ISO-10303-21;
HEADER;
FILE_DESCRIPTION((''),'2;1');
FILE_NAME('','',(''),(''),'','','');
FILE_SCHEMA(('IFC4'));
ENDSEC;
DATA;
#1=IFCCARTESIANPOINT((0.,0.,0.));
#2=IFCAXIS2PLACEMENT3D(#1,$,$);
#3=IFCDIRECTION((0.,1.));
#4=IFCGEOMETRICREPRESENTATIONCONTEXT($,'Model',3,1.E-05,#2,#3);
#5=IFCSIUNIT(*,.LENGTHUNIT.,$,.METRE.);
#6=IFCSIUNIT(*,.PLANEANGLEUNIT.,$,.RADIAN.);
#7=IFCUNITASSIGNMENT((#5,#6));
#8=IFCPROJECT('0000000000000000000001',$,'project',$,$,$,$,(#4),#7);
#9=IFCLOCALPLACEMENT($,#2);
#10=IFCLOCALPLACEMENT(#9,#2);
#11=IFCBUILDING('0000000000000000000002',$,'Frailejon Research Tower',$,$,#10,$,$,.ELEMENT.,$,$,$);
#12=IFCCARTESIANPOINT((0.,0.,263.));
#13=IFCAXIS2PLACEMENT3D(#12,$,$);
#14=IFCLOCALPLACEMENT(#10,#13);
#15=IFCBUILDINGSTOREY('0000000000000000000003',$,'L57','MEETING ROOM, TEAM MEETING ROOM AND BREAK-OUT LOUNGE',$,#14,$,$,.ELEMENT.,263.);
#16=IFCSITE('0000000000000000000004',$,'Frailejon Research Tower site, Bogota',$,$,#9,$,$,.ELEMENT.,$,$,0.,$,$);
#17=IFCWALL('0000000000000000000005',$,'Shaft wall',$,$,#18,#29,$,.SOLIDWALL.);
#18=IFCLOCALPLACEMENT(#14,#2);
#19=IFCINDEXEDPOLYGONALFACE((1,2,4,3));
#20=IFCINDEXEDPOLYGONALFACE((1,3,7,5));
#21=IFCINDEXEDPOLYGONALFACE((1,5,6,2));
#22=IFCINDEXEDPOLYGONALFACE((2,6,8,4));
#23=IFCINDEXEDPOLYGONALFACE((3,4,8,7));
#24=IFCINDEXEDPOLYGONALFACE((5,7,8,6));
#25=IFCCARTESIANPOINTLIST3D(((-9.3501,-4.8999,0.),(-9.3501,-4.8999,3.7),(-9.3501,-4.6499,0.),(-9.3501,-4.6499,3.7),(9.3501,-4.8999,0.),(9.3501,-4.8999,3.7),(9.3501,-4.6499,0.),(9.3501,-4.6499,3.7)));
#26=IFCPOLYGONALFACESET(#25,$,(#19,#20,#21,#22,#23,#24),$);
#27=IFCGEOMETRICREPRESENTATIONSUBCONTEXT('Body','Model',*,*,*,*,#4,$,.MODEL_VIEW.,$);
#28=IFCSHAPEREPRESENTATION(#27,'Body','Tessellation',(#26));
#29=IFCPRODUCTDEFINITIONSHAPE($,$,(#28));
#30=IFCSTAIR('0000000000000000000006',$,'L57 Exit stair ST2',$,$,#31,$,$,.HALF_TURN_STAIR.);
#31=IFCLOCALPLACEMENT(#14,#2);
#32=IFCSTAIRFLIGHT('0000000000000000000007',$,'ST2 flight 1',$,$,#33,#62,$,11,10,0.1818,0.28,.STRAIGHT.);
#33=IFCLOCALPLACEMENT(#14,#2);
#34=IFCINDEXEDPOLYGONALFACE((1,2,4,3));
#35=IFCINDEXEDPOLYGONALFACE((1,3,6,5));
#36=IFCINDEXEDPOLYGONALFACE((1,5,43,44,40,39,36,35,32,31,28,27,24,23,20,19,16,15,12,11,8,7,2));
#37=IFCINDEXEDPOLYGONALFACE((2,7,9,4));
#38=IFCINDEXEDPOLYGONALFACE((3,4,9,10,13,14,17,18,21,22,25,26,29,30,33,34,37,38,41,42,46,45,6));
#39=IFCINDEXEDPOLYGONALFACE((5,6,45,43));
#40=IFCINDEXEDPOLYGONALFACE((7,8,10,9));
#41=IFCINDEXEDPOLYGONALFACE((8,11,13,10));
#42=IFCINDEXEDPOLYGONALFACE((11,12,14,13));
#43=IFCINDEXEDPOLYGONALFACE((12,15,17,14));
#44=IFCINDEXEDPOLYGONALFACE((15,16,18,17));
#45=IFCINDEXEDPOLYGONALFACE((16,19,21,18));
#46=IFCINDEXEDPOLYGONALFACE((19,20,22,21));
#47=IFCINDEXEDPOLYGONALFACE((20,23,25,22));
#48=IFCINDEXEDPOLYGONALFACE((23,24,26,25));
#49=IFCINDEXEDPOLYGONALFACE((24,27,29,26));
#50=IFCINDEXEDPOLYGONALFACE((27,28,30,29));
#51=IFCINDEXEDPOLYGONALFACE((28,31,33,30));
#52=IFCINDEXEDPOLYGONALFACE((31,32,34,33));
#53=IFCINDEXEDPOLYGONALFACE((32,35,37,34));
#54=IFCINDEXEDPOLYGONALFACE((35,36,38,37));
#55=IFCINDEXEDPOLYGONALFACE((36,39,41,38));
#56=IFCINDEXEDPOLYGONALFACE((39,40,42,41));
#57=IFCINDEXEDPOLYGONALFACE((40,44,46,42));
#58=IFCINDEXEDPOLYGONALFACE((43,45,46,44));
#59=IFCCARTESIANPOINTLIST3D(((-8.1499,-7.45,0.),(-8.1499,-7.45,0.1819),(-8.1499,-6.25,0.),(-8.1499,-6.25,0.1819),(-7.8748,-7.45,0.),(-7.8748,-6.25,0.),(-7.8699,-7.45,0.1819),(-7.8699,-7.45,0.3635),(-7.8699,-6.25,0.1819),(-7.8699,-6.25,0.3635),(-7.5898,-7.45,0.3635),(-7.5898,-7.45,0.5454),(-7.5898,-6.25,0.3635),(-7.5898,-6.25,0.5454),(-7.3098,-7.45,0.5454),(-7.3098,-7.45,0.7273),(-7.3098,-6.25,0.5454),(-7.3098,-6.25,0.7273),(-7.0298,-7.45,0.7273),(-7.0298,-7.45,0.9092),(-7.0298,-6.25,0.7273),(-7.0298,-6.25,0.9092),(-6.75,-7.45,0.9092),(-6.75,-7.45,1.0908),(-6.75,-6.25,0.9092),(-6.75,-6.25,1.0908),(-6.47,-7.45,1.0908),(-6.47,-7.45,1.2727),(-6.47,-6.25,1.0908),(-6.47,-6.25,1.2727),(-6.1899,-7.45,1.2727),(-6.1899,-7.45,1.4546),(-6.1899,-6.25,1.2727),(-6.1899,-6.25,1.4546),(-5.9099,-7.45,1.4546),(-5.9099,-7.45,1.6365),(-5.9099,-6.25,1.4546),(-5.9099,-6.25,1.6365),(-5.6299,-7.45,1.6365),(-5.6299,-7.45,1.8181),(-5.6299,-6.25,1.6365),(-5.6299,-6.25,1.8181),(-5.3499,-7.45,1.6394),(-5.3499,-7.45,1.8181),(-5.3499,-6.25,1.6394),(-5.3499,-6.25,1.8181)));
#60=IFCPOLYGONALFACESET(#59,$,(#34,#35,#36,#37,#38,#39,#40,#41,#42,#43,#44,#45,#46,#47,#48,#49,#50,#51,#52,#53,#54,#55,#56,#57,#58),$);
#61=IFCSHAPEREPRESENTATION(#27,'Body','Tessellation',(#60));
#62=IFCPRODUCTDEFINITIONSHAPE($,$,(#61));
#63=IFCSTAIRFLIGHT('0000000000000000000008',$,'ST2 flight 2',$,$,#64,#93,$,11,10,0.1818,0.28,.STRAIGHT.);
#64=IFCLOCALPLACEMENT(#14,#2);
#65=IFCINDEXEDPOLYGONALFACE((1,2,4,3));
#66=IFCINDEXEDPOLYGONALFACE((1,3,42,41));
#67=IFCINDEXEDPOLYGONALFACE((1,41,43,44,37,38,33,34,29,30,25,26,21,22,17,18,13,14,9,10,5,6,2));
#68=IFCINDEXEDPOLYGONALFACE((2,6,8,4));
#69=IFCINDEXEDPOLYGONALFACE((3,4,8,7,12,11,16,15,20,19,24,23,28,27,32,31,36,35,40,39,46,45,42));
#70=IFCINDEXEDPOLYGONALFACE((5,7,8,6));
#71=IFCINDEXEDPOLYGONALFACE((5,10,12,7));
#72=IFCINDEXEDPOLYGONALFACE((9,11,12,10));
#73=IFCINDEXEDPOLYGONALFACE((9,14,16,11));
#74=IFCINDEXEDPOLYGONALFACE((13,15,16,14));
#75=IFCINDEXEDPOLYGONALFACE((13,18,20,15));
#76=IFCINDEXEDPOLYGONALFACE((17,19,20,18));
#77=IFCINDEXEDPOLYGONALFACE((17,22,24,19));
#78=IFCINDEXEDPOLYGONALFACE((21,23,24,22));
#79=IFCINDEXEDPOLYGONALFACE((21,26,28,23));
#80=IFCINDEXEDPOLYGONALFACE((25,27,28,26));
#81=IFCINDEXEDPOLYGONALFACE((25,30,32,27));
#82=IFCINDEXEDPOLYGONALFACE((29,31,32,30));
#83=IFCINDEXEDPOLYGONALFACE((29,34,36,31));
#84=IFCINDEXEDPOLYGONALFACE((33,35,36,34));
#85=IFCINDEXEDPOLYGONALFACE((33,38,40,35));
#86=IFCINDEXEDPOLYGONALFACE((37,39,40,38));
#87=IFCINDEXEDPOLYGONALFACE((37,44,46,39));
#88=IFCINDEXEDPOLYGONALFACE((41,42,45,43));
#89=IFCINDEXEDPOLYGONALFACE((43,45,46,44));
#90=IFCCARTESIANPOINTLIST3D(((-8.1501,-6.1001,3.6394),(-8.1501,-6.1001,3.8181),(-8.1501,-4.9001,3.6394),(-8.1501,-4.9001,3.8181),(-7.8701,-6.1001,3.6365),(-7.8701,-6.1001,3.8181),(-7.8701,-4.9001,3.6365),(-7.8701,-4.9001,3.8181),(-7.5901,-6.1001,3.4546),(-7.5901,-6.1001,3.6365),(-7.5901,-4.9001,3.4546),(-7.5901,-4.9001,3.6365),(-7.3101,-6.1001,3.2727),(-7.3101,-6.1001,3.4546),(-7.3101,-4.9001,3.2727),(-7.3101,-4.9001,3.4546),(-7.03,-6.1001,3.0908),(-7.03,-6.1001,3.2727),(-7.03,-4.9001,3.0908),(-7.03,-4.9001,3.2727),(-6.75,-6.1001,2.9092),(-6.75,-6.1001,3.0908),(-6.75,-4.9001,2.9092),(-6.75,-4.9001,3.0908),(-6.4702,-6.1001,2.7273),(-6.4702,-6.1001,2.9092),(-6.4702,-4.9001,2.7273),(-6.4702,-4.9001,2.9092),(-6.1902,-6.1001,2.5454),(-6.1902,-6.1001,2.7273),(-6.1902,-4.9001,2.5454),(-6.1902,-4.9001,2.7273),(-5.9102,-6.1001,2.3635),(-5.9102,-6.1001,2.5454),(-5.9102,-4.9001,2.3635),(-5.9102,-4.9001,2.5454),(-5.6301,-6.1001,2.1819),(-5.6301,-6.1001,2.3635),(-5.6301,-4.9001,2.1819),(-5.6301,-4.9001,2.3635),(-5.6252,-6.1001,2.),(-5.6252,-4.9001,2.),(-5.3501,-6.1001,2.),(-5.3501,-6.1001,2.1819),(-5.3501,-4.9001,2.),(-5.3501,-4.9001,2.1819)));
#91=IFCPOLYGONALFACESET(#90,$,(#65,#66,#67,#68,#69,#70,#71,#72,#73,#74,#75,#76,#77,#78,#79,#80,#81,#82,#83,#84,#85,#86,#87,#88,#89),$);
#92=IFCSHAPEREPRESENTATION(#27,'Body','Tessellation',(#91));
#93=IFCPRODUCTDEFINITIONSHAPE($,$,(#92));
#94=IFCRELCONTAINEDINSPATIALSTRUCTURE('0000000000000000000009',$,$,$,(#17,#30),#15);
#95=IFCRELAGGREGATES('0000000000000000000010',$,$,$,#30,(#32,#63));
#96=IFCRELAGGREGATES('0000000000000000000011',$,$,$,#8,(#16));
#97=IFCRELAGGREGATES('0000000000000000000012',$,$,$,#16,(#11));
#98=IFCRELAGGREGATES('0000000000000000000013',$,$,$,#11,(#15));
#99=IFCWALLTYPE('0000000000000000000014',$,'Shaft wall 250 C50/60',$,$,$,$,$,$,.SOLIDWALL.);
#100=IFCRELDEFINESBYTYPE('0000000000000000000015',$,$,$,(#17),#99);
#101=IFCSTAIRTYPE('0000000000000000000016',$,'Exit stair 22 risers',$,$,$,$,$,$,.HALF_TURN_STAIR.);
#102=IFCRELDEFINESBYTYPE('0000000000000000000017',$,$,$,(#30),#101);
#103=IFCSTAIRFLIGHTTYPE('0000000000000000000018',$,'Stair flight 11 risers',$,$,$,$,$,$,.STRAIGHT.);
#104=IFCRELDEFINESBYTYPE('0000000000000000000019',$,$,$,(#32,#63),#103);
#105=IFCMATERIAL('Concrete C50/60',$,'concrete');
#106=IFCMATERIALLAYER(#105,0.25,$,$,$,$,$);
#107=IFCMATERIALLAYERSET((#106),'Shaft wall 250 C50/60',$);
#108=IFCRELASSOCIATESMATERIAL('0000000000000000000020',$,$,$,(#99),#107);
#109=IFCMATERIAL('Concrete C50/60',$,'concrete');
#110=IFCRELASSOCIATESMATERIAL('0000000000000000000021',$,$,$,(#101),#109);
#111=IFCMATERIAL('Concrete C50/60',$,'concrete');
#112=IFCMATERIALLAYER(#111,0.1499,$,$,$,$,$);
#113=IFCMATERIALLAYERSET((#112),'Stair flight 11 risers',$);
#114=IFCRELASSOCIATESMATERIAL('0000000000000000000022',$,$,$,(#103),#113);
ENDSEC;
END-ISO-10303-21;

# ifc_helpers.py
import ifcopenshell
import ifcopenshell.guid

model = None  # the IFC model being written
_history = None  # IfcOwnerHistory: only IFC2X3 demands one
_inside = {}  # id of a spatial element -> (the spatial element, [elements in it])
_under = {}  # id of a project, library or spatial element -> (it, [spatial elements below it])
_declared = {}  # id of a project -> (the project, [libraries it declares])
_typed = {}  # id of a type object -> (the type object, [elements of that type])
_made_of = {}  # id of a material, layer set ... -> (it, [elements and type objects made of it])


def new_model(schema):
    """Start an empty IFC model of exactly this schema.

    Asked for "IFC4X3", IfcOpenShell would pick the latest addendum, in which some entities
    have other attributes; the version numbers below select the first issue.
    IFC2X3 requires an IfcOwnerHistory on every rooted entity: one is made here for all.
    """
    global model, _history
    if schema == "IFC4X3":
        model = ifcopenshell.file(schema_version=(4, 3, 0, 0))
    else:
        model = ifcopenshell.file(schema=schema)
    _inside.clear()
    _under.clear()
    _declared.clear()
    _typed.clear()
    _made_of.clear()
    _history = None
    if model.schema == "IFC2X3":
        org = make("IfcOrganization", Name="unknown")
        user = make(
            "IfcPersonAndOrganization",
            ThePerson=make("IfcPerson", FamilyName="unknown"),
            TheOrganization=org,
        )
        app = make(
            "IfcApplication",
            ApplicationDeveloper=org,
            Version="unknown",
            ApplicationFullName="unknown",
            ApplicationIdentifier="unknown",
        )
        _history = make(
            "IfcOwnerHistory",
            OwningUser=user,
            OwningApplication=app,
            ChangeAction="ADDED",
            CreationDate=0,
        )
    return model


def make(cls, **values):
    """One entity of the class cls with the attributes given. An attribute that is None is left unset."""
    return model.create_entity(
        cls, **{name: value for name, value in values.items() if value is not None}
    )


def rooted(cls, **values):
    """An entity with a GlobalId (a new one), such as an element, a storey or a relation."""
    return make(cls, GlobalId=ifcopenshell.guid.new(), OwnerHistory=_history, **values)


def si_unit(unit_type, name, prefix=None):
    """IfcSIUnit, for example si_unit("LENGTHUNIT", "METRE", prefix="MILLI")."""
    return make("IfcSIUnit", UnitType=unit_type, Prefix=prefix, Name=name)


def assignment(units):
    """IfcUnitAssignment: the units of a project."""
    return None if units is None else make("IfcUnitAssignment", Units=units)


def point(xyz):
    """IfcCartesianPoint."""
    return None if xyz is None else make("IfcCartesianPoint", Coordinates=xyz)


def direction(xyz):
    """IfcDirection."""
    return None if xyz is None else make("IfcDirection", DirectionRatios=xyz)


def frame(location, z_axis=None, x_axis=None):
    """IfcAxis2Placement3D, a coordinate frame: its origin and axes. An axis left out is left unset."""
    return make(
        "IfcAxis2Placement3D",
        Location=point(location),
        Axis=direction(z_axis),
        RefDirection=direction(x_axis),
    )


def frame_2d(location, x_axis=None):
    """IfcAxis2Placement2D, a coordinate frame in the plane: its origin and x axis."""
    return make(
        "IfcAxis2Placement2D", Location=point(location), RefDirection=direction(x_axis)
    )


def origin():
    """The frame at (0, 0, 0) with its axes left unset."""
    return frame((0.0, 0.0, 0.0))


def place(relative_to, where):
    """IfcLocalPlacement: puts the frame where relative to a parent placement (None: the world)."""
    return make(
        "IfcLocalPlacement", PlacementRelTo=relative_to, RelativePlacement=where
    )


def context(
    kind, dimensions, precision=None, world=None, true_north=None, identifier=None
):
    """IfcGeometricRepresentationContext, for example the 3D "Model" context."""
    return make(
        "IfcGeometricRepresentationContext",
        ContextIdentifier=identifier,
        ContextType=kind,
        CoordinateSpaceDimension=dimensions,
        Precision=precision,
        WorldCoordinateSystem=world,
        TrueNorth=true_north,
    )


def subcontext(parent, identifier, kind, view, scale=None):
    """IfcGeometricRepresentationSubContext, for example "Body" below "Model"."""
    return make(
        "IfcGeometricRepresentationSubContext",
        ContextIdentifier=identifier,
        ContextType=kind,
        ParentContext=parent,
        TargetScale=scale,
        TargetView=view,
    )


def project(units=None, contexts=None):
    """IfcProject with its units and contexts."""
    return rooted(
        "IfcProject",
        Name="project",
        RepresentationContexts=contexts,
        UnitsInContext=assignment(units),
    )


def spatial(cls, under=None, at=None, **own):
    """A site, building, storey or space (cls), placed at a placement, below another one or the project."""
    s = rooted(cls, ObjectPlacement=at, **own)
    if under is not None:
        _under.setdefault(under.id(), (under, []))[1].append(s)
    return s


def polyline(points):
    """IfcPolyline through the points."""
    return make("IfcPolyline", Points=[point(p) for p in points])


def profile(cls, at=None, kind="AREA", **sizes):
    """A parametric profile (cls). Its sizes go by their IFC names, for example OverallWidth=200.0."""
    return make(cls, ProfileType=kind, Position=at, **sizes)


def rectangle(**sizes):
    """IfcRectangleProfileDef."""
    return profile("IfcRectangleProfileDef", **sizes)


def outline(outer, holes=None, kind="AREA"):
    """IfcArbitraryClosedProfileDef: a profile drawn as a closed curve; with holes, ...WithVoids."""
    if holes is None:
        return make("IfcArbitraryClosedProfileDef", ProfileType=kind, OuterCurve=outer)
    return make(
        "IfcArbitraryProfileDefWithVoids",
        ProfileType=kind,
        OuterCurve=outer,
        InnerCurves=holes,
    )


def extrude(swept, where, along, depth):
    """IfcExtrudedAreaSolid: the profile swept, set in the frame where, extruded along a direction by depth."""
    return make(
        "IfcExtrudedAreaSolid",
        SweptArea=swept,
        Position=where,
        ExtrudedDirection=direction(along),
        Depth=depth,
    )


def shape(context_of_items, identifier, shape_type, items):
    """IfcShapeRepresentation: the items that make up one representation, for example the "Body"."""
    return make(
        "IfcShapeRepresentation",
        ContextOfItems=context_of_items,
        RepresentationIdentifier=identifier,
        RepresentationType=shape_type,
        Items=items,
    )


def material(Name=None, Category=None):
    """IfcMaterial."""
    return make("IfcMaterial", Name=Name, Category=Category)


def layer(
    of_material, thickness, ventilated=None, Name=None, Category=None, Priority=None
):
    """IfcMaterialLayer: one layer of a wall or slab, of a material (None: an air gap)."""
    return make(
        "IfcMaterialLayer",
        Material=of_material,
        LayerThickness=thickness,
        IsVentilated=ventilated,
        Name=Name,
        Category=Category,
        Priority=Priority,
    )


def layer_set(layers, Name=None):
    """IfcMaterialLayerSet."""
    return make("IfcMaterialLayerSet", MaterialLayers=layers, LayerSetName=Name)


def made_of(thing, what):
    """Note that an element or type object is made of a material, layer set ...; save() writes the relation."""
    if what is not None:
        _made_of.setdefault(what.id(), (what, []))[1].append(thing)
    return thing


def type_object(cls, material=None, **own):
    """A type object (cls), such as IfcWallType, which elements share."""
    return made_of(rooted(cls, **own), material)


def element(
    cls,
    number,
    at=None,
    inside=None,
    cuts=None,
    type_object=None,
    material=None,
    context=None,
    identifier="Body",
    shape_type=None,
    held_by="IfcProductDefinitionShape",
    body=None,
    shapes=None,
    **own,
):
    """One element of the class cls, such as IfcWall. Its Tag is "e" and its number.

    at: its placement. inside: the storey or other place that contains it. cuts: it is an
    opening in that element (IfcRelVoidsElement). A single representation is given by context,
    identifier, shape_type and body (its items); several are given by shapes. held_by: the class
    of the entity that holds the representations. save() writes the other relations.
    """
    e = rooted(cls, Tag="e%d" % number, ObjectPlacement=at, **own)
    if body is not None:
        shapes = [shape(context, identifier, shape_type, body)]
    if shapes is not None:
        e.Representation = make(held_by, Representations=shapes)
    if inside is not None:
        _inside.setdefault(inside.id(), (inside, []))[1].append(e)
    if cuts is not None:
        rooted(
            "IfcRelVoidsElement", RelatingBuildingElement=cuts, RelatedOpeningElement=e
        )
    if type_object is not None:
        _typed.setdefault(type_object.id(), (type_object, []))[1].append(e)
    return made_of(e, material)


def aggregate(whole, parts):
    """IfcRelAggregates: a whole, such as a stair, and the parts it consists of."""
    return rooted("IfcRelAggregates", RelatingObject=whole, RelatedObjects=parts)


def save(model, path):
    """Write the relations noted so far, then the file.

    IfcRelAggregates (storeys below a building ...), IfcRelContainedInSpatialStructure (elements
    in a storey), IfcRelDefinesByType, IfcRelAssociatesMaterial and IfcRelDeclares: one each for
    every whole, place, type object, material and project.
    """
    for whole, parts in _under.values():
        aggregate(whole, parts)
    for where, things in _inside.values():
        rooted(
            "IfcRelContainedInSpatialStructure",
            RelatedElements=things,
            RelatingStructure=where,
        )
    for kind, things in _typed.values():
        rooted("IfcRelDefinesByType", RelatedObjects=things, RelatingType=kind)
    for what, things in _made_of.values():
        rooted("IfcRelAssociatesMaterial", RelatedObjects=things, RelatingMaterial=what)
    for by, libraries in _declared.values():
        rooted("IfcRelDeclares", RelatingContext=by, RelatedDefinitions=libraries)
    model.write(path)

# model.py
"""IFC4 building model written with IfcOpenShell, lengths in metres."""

from ifc_helpers import new_model, si_unit, direction, frame, frame_2d, origin, place, context, subcontext, project, spatial, polyline, rectangle, outline, extrude, material, layer, layer_set, type_object, element, aggregate, save


model = new_model("IFC4")

# Units and contexts
model_context = context("Model", 3, precision=1e-05, world=origin(), true_north=direction((0.0, 1.0)))
body_context = subcontext(model_context, "Body", "Model", "MODEL_VIEW")
ifc_project = project(units=[si_unit("LENGTHUNIT", "METRE"), si_unit("PLANEANGLEUNIT", "RADIAN")], contexts=[model_context])

# Site, building, storey
site_placement = place(None, origin())
site = spatial("IfcSite", under=ifc_project, at=site_placement, Name="Frailejon Research Tower site, Bogota", CompositionType="ELEMENT", RefElevation=0.0)
building_placement = place(site_placement, origin())
building = spatial("IfcBuilding", under=site, at=building_placement, Name="Frailejon Research Tower", CompositionType="ELEMENT")
storey_placement = place(building_placement, frame((0.0, 0.0, 263.0)))
storey = spatial("IfcBuildingStorey", under=building, at=storey_placement, Name="L57", Description="MEETING ROOM, TEAM MEETING ROOM AND BREAK-OUT LOUNGE", CompositionType="ELEMENT", Elevation=263.0)

# Shared definitions
ifc_material_1 = material(Name="Concrete C50/60", Category="concrete")
ifc_layer_1 = layer(ifc_material_1, 0.25)
ifc_layer_set_1 = layer_set([ifc_layer_1], Name="Shaft wall 250 C50/60")
wall_type_1 = type_object("IfcWallType", Name="Shaft wall 250 C50/60", PredefinedType="SOLIDWALL", material=ifc_layer_set_1)

# Wall
wall_1_placement = place(storey_placement, frame((-9.3501, -4.7749, 0.0), z_axis=(0.0, 0.0, 1.0), x_axis=(1.0, 0.0, 0.0)))
element("IfcWall", 1, at=wall_1_placement, inside=storey, type_object=wall_type_1, Name="Shaft wall", PredefinedType="SOLIDWALL", context=body_context, shape_type="SweptSolid", body=[
    extrude(rectangle(XDim=18.7002, YDim=0.25, at=frame_2d((9.3501, 0.0))), origin(), (0.0, 0.0, 1.0), 3.7),
])

# Stair, stair flights
ifc_material_2 = material(Name="Concrete C50/60", Category="concrete")
stair_type = type_object("IfcStairType", Name="Exit stair 22 risers", PredefinedType="HALF_TURN_STAIR", material=ifc_material_2)
stair_placement = place(storey_placement, origin())
stair = element("IfcStair", 2, at=stair_placement, inside=storey, type_object=stair_type, Name="L57 Exit stair ST2", PredefinedType="HALF_TURN_STAIR")
ifc_material_3 = material(Name="Concrete C50/60", Category="concrete")
ifc_layer_2 = layer(ifc_material_3, 0.1499)
ifc_layer_set_2 = layer_set([ifc_layer_2], Name="Stair flight 11 risers")
stair_flight_type = type_object("IfcStairFlightType", Name="Stair flight 11 risers", PredefinedType="STRAIGHT", material=ifc_layer_set_2)
stair_flight_1_placement = place(storey_placement, frame((-8.1499, -6.8501, 0.0), z_axis=(0.0, 0.0, 1.0), x_axis=(1.0, 0.0, 0.0)))
stair_flight_1 = element("IfcStairFlight", 3, at=stair_flight_1_placement, type_object=stair_flight_type, Name="ST2 flight 1", NumberOfRisers=11, NumberOfTreads=10, PredefinedType="STRAIGHT", RiserHeight=0.1818, TreadLength=0.28, context=body_context, shape_type="SweptSolid", body=[
    extrude(outline(polyline([(0.0, 0.0), (0.0, 0.1819), (0.28, 0.1819), (0.28, 0.3635), (0.5601, 0.3635), (0.5601, 0.5454), (0.8401, 0.5454), (0.8401, 0.7273), (1.1201, 0.7273), (1.1201, 0.9092), (1.3999, 0.9092), (1.3999, 1.0908), (1.6799, 1.0908), (1.6799, 1.2727), (1.96, 1.2727), (1.96, 1.4546), (2.24, 1.4546), (2.24, 1.6365), (2.52, 1.6365), (2.52, 1.8181), (2.8, 1.8181), (2.8, 2.0), (2.8, 1.6394), (0.2751, 0.0), (0.0, 0.0)])), frame((0.0, 0.6001, 0.0), z_axis=(0.0, -1.0, 0.0), x_axis=(1.0, 0.0, 0.0)), (0.0, 0.0, 1.0), 1.2),
])
stair_flight_2_placement = place(storey_placement, frame((-5.3501, -5.5, 2.0), z_axis=(0.0, 0.0, 1.0), x_axis=(-1.0, 0.0, 0.0)))
stair_flight_2 = element("IfcStairFlight", 4, at=stair_flight_2_placement, type_object=stair_flight_type, Name="ST2 flight 2", NumberOfRisers=11, NumberOfTreads=10, PredefinedType="STRAIGHT", RiserHeight=0.1818, TreadLength=0.28, context=body_context, shape_type="SweptSolid", body=[
    extrude(outline(polyline([(0.0, 0.0), (0.0, 0.1819), (0.28, 0.1819), (0.28, 0.3635), (0.5601, 0.3635), (0.5601, 0.5454), (0.8401, 0.5454), (0.8401, 0.7273), (1.1201, 0.7273), (1.1201, 0.9092), (1.3999, 0.9092), (1.3999, 1.0908), (1.6799, 1.0908), (1.6799, 1.2727), (1.96, 1.2727), (1.96, 1.4546), (2.24, 1.4546), (2.24, 1.6365), (2.52, 1.6365), (2.52, 1.8181), (2.8, 1.8181), (2.8, 2.0), (2.8, 1.6394), (0.2751, 0.0), (0.0, 0.0)])), frame((0.0, 0.6001, 0.0), z_axis=(0.0, -1.0, 0.0), x_axis=(1.0, 0.0, 0.0)), (0.0, 0.0, 1.0), 1.2),
])
aggregate(stair, [stair_flight_1, stair_flight_2])

save(model, "model.ifc")
